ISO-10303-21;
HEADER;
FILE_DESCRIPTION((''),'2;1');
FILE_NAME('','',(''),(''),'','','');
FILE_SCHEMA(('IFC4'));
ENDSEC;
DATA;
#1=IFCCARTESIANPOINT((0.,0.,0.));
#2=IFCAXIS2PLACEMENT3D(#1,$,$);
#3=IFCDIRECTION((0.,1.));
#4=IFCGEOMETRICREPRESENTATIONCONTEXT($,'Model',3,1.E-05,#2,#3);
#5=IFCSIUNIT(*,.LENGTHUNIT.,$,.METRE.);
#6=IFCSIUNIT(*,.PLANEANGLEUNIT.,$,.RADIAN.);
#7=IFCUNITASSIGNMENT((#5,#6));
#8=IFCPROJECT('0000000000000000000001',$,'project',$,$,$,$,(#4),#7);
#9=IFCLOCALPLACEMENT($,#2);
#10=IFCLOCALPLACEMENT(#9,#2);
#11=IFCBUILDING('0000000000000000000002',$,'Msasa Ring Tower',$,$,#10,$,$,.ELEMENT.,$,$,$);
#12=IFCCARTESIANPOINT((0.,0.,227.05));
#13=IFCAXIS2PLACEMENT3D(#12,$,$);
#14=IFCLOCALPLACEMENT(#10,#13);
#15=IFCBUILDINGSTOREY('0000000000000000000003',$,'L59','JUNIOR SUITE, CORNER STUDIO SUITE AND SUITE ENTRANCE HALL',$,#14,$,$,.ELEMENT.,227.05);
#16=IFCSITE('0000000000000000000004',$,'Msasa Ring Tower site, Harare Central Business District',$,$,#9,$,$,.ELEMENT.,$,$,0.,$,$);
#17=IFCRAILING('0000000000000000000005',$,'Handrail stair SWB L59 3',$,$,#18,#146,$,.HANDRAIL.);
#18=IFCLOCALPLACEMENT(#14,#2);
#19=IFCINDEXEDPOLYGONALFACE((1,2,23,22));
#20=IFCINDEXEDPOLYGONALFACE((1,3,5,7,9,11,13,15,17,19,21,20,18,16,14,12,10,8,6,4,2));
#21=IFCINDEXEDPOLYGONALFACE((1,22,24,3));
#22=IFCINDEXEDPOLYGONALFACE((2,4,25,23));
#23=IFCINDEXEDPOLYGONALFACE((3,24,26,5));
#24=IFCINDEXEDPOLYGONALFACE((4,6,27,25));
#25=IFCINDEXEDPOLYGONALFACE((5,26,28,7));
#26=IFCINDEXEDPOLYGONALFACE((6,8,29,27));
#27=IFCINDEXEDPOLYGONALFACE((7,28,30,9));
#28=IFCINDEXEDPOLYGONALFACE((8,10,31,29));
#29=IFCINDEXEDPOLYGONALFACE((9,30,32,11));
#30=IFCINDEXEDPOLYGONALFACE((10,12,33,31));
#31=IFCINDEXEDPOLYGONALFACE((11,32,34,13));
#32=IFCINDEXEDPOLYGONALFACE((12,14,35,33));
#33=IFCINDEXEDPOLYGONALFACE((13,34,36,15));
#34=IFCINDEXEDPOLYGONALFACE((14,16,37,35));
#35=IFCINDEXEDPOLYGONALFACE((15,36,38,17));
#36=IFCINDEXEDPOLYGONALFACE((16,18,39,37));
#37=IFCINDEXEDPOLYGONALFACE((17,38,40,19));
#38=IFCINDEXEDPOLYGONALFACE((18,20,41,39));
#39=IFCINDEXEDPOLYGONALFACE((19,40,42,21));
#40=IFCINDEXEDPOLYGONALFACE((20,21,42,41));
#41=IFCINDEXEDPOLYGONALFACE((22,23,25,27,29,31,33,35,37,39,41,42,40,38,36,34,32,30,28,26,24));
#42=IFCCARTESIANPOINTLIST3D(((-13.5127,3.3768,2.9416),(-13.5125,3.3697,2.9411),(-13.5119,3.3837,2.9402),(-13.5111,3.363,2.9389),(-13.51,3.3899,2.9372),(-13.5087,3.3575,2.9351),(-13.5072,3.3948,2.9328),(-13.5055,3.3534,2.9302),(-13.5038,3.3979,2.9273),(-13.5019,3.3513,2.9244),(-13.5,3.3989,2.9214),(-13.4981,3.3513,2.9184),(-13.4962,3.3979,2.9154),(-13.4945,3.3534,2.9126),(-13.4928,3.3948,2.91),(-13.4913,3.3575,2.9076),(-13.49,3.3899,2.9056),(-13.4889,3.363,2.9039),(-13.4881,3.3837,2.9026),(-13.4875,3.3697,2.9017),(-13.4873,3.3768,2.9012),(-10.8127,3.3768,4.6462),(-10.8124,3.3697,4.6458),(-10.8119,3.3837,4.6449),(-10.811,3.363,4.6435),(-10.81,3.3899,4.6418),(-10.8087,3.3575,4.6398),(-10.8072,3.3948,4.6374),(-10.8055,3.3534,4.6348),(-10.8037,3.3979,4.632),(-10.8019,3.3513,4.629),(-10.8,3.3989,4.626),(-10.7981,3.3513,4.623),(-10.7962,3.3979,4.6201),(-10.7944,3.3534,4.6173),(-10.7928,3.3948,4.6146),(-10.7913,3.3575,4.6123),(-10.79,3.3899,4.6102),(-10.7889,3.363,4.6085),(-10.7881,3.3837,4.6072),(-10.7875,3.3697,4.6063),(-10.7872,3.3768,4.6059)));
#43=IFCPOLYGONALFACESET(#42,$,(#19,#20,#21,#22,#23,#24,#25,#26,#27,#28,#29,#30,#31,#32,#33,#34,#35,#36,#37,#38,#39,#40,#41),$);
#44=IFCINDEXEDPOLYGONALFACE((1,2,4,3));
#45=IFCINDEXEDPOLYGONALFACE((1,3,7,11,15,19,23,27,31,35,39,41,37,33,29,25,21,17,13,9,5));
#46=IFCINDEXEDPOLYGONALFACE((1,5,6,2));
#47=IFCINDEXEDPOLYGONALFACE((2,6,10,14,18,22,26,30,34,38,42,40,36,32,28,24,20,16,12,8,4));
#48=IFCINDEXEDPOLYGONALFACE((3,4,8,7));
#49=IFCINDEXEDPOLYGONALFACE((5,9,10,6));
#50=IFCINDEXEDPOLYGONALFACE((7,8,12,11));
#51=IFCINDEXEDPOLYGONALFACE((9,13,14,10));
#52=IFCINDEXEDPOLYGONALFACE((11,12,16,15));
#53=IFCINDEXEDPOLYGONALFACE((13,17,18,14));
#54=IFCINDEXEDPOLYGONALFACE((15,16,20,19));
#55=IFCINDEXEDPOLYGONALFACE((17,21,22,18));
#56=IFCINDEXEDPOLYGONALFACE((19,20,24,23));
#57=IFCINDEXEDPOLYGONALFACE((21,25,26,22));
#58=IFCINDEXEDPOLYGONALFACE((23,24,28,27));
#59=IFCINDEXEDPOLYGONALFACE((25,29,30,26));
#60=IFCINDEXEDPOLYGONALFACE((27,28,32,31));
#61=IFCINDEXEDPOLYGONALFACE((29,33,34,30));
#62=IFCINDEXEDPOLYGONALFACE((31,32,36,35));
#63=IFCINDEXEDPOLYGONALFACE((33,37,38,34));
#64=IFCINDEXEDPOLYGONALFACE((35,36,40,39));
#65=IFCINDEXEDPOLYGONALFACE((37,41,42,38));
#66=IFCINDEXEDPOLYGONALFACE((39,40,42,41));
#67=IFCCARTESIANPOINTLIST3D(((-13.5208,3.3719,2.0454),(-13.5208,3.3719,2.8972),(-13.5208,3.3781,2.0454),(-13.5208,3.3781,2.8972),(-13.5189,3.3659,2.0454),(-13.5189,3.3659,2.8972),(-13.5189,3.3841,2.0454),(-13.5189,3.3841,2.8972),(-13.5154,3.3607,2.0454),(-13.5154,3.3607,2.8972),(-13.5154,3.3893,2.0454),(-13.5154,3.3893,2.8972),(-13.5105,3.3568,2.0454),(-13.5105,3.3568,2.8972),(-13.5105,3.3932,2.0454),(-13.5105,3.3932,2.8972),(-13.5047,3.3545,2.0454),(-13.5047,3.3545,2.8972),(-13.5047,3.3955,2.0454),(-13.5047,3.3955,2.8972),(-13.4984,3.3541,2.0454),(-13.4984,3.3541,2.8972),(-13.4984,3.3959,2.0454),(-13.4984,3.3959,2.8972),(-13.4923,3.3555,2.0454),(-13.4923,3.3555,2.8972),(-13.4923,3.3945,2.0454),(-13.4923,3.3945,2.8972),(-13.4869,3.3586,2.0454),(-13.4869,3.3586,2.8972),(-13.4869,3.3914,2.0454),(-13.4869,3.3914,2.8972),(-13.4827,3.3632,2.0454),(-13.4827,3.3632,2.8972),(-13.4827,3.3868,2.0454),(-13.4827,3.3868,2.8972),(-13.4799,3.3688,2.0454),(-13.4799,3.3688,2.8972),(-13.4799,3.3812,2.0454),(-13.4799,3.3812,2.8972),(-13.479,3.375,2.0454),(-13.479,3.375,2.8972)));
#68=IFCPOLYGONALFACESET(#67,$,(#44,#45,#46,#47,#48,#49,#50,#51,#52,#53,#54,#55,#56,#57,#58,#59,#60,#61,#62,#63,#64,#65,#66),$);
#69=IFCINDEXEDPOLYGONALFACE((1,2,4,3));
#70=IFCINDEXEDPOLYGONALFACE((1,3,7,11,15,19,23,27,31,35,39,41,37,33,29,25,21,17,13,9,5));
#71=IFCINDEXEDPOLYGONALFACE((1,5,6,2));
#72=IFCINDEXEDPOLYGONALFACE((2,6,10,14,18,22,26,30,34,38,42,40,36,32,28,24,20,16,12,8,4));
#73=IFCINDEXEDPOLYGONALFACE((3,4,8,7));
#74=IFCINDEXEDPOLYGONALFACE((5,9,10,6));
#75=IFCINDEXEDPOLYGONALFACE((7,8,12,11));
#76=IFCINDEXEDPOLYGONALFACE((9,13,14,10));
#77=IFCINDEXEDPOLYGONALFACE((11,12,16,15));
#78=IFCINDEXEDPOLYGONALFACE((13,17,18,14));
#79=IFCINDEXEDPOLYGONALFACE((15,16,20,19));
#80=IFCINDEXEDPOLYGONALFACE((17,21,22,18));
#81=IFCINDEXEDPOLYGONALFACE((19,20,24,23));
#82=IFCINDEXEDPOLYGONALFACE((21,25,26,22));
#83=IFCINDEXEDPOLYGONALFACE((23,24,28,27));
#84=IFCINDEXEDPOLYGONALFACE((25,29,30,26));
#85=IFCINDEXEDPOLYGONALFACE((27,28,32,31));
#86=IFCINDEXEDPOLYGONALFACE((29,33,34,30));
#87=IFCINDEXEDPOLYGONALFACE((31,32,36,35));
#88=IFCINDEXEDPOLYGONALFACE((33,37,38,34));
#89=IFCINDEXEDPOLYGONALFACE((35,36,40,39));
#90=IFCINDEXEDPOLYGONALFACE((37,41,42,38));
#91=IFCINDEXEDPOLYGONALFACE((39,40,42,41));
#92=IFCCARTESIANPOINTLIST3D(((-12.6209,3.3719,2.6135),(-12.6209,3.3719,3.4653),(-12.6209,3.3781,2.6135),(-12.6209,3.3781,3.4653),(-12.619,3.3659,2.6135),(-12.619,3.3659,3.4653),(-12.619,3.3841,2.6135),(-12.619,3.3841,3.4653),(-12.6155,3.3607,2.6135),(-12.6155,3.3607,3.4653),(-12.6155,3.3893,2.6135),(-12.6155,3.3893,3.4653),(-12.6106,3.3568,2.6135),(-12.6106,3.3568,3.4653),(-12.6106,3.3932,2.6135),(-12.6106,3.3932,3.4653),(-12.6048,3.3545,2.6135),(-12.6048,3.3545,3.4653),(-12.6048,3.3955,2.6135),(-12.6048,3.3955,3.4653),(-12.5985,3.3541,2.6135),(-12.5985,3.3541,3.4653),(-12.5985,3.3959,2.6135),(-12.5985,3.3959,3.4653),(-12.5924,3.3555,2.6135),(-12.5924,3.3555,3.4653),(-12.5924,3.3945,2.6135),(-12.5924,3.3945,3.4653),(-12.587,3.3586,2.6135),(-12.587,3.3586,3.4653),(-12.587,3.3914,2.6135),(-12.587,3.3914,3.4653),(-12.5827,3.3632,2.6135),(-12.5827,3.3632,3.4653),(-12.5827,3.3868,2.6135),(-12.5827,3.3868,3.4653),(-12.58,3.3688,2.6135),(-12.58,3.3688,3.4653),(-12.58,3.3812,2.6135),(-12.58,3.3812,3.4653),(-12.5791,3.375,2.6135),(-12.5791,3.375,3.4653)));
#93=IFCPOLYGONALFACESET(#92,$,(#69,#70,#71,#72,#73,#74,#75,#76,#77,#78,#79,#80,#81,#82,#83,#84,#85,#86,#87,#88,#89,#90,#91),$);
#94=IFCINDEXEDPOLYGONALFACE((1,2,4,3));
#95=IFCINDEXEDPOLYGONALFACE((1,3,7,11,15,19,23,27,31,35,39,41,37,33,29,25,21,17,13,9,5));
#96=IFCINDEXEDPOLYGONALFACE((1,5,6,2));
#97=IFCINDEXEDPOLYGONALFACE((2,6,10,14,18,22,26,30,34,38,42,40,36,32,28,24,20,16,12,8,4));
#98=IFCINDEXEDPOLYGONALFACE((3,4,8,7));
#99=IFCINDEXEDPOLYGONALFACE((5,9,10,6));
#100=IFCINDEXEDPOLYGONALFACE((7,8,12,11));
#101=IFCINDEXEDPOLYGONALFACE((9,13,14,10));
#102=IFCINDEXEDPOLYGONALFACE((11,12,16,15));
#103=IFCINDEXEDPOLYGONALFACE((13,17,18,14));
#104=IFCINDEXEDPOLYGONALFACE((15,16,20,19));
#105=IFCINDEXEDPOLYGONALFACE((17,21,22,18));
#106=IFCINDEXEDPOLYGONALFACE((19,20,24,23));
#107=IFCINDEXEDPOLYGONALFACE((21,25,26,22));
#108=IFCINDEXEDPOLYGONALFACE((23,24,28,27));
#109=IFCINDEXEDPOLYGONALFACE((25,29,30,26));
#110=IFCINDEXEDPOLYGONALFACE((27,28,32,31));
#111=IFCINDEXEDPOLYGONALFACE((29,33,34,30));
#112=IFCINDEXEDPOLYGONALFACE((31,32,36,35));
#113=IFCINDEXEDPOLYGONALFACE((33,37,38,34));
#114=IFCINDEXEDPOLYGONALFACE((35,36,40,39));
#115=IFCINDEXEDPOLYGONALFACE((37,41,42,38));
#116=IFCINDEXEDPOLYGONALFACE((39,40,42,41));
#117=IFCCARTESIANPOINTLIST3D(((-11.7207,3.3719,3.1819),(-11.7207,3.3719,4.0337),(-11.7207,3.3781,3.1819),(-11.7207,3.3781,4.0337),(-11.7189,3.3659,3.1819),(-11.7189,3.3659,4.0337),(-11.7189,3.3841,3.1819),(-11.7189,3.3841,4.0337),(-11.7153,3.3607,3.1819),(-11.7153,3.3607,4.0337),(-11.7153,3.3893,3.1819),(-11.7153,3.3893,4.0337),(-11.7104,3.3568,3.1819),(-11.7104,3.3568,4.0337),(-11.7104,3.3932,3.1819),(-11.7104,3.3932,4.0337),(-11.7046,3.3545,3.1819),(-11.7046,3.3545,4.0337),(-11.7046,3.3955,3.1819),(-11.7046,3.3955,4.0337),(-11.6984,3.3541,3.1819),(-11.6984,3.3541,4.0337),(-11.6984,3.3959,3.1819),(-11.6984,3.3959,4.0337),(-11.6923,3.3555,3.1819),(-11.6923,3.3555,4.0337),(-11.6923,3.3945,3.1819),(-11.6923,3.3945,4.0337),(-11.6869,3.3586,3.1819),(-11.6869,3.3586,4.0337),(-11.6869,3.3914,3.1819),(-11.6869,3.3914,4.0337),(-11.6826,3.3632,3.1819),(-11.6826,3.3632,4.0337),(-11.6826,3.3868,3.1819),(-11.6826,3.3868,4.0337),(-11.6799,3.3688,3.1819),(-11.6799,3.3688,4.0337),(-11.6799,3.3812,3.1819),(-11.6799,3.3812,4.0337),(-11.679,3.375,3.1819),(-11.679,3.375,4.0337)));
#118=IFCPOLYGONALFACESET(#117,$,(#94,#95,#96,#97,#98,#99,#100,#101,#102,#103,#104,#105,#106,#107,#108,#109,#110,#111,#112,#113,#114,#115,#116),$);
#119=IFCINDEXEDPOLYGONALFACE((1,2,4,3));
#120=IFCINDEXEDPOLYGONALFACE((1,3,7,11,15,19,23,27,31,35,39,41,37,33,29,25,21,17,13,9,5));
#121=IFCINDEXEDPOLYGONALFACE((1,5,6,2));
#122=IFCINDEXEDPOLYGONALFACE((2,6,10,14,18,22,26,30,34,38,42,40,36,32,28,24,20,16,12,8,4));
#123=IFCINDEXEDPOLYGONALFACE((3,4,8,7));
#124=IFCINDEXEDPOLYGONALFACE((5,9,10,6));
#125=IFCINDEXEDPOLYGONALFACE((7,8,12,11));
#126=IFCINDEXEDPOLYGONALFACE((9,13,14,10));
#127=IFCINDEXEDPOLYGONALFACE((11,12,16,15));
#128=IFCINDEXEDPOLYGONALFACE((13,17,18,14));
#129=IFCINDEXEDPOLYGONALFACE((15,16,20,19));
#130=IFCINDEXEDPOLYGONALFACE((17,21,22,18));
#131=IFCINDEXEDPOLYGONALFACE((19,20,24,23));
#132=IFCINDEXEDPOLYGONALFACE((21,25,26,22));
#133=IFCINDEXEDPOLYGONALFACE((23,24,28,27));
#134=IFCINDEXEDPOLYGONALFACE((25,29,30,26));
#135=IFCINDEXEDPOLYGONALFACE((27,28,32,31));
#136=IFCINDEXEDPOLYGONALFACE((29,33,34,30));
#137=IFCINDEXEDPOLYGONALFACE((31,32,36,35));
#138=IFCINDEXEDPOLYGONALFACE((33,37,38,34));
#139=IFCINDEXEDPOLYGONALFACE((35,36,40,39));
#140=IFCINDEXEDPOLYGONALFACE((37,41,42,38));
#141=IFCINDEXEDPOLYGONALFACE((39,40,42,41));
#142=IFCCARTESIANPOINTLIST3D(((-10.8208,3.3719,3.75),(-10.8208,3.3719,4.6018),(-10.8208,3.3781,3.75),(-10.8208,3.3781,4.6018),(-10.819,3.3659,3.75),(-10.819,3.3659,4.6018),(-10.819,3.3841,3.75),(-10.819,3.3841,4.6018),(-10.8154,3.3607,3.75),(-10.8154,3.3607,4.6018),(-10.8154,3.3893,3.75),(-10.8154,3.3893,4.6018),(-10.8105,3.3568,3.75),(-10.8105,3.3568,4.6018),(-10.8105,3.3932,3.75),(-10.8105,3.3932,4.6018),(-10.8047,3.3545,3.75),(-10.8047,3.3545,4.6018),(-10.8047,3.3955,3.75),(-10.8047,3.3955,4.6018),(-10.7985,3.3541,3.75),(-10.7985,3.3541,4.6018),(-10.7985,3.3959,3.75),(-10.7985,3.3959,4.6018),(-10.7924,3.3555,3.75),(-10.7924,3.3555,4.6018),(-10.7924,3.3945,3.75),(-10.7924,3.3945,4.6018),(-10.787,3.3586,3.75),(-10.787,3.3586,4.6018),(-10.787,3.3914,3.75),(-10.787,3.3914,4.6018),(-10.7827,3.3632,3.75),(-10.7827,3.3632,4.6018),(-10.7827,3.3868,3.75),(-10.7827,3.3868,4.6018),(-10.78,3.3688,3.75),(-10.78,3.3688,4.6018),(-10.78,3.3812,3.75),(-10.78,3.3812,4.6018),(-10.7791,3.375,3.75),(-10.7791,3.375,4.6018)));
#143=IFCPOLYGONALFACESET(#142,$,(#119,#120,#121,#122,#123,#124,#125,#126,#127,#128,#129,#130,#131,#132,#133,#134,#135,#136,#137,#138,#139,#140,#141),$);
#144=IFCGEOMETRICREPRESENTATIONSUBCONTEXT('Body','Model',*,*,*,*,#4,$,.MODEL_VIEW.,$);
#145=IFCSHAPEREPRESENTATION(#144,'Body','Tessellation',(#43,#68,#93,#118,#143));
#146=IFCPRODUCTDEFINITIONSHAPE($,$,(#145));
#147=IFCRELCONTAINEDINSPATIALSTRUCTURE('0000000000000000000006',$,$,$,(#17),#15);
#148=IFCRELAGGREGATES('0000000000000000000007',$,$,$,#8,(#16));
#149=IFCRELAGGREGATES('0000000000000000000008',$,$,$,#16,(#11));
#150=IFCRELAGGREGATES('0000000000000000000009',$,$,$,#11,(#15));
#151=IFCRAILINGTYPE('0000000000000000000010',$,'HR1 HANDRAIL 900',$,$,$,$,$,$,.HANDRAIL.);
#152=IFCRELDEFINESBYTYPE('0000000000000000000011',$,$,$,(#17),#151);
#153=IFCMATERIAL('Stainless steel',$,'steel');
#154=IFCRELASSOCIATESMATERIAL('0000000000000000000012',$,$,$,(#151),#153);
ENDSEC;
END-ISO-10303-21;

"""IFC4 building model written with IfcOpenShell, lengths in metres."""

from ifc_helpers import new_model, si_unit, direction, frame, origin, origin_2d, place, context, subcontext, project, spatial, circle, extrude, material, type_object, element, save


model = new_model("IFC4")

# Units and contexts
model_context = context("Model", 3, precision=1e-05, world=origin(), true_north=direction((0.0, 1.0)))
body_context = subcontext(model_context, "Body", "Model", "MODEL_VIEW")
ifc_project = project(units=[si_unit("LENGTHUNIT", "METRE"), si_unit("PLANEANGLEUNIT", "RADIAN")], contexts=[model_context])

# Site, building, storey
site_placement = place(None, origin())
site = spatial("IfcSite", under=ifc_project, at=site_placement, Name="Msasa Ring Tower site, Harare Central Business District", CompositionType="ELEMENT", RefElevation=0.0)
building_placement = place(site_placement, origin())
building = spatial("IfcBuilding", under=site, at=building_placement, Name="Msasa Ring Tower", CompositionType="ELEMENT")
storey_placement = place(building_placement, frame((0.0, 0.0, 227.05)))
storey = spatial("IfcBuildingStorey", under=building, at=storey_placement, Name="L59", Description="JUNIOR SUITE, CORNER STUDIO SUITE AND SUITE ENTRANCE HALL", CompositionType="ELEMENT", Elevation=227.05)

# Railing
ifc_material_1 = material(Name="Stainless steel", Category="steel")
railing_type = type_object("IfcRailingType", Name="HR1 HANDRAIL 900", PredefinedType="HANDRAIL", material=ifc_material_1)
for number, where, name in (
    (1, (-13.5, 3.375, 2.0454), "Handrail stair SWB L59 3"),
):
    element("IfcRailing", number, at=place(storey_placement, frame(where)), inside=storey, type_object=railing_type, Name=name, PredefinedType="HANDRAIL", context=body_context, shape_type="SweptSolid", body=[
        extrude(circle(Radius=0.0239, at=origin_2d()), frame((0.0, 0.0, 0.876), z_axis=(0.84558, 0.0, 0.533849), x_axis=(0.0, 1.0, 0.0)), (0.0, 0.0, 1.0), 3.1931),
        extrude(circle(Radius=0.021, at=origin_2d()), origin(), (0.0, 0.0, 1.0), 0.8518),
        extrude(circle(Radius=0.021, at=origin_2d()), frame((0.8999, 0.0, 0.5681)), (0.0, 0.0, 1.0), 0.8518),
        extrude(circle(Radius=0.021, at=origin_2d()), frame((1.8, 0.0, 1.1365)), (0.0, 0.0, 1.0), 0.8518),
        extrude(circle(Radius=0.021, at=origin_2d()), frame((2.7, 0.0, 1.7046)), (0.0, 0.0, 1.0), 0.8518),
    ])

save(model, "model.ifc")
